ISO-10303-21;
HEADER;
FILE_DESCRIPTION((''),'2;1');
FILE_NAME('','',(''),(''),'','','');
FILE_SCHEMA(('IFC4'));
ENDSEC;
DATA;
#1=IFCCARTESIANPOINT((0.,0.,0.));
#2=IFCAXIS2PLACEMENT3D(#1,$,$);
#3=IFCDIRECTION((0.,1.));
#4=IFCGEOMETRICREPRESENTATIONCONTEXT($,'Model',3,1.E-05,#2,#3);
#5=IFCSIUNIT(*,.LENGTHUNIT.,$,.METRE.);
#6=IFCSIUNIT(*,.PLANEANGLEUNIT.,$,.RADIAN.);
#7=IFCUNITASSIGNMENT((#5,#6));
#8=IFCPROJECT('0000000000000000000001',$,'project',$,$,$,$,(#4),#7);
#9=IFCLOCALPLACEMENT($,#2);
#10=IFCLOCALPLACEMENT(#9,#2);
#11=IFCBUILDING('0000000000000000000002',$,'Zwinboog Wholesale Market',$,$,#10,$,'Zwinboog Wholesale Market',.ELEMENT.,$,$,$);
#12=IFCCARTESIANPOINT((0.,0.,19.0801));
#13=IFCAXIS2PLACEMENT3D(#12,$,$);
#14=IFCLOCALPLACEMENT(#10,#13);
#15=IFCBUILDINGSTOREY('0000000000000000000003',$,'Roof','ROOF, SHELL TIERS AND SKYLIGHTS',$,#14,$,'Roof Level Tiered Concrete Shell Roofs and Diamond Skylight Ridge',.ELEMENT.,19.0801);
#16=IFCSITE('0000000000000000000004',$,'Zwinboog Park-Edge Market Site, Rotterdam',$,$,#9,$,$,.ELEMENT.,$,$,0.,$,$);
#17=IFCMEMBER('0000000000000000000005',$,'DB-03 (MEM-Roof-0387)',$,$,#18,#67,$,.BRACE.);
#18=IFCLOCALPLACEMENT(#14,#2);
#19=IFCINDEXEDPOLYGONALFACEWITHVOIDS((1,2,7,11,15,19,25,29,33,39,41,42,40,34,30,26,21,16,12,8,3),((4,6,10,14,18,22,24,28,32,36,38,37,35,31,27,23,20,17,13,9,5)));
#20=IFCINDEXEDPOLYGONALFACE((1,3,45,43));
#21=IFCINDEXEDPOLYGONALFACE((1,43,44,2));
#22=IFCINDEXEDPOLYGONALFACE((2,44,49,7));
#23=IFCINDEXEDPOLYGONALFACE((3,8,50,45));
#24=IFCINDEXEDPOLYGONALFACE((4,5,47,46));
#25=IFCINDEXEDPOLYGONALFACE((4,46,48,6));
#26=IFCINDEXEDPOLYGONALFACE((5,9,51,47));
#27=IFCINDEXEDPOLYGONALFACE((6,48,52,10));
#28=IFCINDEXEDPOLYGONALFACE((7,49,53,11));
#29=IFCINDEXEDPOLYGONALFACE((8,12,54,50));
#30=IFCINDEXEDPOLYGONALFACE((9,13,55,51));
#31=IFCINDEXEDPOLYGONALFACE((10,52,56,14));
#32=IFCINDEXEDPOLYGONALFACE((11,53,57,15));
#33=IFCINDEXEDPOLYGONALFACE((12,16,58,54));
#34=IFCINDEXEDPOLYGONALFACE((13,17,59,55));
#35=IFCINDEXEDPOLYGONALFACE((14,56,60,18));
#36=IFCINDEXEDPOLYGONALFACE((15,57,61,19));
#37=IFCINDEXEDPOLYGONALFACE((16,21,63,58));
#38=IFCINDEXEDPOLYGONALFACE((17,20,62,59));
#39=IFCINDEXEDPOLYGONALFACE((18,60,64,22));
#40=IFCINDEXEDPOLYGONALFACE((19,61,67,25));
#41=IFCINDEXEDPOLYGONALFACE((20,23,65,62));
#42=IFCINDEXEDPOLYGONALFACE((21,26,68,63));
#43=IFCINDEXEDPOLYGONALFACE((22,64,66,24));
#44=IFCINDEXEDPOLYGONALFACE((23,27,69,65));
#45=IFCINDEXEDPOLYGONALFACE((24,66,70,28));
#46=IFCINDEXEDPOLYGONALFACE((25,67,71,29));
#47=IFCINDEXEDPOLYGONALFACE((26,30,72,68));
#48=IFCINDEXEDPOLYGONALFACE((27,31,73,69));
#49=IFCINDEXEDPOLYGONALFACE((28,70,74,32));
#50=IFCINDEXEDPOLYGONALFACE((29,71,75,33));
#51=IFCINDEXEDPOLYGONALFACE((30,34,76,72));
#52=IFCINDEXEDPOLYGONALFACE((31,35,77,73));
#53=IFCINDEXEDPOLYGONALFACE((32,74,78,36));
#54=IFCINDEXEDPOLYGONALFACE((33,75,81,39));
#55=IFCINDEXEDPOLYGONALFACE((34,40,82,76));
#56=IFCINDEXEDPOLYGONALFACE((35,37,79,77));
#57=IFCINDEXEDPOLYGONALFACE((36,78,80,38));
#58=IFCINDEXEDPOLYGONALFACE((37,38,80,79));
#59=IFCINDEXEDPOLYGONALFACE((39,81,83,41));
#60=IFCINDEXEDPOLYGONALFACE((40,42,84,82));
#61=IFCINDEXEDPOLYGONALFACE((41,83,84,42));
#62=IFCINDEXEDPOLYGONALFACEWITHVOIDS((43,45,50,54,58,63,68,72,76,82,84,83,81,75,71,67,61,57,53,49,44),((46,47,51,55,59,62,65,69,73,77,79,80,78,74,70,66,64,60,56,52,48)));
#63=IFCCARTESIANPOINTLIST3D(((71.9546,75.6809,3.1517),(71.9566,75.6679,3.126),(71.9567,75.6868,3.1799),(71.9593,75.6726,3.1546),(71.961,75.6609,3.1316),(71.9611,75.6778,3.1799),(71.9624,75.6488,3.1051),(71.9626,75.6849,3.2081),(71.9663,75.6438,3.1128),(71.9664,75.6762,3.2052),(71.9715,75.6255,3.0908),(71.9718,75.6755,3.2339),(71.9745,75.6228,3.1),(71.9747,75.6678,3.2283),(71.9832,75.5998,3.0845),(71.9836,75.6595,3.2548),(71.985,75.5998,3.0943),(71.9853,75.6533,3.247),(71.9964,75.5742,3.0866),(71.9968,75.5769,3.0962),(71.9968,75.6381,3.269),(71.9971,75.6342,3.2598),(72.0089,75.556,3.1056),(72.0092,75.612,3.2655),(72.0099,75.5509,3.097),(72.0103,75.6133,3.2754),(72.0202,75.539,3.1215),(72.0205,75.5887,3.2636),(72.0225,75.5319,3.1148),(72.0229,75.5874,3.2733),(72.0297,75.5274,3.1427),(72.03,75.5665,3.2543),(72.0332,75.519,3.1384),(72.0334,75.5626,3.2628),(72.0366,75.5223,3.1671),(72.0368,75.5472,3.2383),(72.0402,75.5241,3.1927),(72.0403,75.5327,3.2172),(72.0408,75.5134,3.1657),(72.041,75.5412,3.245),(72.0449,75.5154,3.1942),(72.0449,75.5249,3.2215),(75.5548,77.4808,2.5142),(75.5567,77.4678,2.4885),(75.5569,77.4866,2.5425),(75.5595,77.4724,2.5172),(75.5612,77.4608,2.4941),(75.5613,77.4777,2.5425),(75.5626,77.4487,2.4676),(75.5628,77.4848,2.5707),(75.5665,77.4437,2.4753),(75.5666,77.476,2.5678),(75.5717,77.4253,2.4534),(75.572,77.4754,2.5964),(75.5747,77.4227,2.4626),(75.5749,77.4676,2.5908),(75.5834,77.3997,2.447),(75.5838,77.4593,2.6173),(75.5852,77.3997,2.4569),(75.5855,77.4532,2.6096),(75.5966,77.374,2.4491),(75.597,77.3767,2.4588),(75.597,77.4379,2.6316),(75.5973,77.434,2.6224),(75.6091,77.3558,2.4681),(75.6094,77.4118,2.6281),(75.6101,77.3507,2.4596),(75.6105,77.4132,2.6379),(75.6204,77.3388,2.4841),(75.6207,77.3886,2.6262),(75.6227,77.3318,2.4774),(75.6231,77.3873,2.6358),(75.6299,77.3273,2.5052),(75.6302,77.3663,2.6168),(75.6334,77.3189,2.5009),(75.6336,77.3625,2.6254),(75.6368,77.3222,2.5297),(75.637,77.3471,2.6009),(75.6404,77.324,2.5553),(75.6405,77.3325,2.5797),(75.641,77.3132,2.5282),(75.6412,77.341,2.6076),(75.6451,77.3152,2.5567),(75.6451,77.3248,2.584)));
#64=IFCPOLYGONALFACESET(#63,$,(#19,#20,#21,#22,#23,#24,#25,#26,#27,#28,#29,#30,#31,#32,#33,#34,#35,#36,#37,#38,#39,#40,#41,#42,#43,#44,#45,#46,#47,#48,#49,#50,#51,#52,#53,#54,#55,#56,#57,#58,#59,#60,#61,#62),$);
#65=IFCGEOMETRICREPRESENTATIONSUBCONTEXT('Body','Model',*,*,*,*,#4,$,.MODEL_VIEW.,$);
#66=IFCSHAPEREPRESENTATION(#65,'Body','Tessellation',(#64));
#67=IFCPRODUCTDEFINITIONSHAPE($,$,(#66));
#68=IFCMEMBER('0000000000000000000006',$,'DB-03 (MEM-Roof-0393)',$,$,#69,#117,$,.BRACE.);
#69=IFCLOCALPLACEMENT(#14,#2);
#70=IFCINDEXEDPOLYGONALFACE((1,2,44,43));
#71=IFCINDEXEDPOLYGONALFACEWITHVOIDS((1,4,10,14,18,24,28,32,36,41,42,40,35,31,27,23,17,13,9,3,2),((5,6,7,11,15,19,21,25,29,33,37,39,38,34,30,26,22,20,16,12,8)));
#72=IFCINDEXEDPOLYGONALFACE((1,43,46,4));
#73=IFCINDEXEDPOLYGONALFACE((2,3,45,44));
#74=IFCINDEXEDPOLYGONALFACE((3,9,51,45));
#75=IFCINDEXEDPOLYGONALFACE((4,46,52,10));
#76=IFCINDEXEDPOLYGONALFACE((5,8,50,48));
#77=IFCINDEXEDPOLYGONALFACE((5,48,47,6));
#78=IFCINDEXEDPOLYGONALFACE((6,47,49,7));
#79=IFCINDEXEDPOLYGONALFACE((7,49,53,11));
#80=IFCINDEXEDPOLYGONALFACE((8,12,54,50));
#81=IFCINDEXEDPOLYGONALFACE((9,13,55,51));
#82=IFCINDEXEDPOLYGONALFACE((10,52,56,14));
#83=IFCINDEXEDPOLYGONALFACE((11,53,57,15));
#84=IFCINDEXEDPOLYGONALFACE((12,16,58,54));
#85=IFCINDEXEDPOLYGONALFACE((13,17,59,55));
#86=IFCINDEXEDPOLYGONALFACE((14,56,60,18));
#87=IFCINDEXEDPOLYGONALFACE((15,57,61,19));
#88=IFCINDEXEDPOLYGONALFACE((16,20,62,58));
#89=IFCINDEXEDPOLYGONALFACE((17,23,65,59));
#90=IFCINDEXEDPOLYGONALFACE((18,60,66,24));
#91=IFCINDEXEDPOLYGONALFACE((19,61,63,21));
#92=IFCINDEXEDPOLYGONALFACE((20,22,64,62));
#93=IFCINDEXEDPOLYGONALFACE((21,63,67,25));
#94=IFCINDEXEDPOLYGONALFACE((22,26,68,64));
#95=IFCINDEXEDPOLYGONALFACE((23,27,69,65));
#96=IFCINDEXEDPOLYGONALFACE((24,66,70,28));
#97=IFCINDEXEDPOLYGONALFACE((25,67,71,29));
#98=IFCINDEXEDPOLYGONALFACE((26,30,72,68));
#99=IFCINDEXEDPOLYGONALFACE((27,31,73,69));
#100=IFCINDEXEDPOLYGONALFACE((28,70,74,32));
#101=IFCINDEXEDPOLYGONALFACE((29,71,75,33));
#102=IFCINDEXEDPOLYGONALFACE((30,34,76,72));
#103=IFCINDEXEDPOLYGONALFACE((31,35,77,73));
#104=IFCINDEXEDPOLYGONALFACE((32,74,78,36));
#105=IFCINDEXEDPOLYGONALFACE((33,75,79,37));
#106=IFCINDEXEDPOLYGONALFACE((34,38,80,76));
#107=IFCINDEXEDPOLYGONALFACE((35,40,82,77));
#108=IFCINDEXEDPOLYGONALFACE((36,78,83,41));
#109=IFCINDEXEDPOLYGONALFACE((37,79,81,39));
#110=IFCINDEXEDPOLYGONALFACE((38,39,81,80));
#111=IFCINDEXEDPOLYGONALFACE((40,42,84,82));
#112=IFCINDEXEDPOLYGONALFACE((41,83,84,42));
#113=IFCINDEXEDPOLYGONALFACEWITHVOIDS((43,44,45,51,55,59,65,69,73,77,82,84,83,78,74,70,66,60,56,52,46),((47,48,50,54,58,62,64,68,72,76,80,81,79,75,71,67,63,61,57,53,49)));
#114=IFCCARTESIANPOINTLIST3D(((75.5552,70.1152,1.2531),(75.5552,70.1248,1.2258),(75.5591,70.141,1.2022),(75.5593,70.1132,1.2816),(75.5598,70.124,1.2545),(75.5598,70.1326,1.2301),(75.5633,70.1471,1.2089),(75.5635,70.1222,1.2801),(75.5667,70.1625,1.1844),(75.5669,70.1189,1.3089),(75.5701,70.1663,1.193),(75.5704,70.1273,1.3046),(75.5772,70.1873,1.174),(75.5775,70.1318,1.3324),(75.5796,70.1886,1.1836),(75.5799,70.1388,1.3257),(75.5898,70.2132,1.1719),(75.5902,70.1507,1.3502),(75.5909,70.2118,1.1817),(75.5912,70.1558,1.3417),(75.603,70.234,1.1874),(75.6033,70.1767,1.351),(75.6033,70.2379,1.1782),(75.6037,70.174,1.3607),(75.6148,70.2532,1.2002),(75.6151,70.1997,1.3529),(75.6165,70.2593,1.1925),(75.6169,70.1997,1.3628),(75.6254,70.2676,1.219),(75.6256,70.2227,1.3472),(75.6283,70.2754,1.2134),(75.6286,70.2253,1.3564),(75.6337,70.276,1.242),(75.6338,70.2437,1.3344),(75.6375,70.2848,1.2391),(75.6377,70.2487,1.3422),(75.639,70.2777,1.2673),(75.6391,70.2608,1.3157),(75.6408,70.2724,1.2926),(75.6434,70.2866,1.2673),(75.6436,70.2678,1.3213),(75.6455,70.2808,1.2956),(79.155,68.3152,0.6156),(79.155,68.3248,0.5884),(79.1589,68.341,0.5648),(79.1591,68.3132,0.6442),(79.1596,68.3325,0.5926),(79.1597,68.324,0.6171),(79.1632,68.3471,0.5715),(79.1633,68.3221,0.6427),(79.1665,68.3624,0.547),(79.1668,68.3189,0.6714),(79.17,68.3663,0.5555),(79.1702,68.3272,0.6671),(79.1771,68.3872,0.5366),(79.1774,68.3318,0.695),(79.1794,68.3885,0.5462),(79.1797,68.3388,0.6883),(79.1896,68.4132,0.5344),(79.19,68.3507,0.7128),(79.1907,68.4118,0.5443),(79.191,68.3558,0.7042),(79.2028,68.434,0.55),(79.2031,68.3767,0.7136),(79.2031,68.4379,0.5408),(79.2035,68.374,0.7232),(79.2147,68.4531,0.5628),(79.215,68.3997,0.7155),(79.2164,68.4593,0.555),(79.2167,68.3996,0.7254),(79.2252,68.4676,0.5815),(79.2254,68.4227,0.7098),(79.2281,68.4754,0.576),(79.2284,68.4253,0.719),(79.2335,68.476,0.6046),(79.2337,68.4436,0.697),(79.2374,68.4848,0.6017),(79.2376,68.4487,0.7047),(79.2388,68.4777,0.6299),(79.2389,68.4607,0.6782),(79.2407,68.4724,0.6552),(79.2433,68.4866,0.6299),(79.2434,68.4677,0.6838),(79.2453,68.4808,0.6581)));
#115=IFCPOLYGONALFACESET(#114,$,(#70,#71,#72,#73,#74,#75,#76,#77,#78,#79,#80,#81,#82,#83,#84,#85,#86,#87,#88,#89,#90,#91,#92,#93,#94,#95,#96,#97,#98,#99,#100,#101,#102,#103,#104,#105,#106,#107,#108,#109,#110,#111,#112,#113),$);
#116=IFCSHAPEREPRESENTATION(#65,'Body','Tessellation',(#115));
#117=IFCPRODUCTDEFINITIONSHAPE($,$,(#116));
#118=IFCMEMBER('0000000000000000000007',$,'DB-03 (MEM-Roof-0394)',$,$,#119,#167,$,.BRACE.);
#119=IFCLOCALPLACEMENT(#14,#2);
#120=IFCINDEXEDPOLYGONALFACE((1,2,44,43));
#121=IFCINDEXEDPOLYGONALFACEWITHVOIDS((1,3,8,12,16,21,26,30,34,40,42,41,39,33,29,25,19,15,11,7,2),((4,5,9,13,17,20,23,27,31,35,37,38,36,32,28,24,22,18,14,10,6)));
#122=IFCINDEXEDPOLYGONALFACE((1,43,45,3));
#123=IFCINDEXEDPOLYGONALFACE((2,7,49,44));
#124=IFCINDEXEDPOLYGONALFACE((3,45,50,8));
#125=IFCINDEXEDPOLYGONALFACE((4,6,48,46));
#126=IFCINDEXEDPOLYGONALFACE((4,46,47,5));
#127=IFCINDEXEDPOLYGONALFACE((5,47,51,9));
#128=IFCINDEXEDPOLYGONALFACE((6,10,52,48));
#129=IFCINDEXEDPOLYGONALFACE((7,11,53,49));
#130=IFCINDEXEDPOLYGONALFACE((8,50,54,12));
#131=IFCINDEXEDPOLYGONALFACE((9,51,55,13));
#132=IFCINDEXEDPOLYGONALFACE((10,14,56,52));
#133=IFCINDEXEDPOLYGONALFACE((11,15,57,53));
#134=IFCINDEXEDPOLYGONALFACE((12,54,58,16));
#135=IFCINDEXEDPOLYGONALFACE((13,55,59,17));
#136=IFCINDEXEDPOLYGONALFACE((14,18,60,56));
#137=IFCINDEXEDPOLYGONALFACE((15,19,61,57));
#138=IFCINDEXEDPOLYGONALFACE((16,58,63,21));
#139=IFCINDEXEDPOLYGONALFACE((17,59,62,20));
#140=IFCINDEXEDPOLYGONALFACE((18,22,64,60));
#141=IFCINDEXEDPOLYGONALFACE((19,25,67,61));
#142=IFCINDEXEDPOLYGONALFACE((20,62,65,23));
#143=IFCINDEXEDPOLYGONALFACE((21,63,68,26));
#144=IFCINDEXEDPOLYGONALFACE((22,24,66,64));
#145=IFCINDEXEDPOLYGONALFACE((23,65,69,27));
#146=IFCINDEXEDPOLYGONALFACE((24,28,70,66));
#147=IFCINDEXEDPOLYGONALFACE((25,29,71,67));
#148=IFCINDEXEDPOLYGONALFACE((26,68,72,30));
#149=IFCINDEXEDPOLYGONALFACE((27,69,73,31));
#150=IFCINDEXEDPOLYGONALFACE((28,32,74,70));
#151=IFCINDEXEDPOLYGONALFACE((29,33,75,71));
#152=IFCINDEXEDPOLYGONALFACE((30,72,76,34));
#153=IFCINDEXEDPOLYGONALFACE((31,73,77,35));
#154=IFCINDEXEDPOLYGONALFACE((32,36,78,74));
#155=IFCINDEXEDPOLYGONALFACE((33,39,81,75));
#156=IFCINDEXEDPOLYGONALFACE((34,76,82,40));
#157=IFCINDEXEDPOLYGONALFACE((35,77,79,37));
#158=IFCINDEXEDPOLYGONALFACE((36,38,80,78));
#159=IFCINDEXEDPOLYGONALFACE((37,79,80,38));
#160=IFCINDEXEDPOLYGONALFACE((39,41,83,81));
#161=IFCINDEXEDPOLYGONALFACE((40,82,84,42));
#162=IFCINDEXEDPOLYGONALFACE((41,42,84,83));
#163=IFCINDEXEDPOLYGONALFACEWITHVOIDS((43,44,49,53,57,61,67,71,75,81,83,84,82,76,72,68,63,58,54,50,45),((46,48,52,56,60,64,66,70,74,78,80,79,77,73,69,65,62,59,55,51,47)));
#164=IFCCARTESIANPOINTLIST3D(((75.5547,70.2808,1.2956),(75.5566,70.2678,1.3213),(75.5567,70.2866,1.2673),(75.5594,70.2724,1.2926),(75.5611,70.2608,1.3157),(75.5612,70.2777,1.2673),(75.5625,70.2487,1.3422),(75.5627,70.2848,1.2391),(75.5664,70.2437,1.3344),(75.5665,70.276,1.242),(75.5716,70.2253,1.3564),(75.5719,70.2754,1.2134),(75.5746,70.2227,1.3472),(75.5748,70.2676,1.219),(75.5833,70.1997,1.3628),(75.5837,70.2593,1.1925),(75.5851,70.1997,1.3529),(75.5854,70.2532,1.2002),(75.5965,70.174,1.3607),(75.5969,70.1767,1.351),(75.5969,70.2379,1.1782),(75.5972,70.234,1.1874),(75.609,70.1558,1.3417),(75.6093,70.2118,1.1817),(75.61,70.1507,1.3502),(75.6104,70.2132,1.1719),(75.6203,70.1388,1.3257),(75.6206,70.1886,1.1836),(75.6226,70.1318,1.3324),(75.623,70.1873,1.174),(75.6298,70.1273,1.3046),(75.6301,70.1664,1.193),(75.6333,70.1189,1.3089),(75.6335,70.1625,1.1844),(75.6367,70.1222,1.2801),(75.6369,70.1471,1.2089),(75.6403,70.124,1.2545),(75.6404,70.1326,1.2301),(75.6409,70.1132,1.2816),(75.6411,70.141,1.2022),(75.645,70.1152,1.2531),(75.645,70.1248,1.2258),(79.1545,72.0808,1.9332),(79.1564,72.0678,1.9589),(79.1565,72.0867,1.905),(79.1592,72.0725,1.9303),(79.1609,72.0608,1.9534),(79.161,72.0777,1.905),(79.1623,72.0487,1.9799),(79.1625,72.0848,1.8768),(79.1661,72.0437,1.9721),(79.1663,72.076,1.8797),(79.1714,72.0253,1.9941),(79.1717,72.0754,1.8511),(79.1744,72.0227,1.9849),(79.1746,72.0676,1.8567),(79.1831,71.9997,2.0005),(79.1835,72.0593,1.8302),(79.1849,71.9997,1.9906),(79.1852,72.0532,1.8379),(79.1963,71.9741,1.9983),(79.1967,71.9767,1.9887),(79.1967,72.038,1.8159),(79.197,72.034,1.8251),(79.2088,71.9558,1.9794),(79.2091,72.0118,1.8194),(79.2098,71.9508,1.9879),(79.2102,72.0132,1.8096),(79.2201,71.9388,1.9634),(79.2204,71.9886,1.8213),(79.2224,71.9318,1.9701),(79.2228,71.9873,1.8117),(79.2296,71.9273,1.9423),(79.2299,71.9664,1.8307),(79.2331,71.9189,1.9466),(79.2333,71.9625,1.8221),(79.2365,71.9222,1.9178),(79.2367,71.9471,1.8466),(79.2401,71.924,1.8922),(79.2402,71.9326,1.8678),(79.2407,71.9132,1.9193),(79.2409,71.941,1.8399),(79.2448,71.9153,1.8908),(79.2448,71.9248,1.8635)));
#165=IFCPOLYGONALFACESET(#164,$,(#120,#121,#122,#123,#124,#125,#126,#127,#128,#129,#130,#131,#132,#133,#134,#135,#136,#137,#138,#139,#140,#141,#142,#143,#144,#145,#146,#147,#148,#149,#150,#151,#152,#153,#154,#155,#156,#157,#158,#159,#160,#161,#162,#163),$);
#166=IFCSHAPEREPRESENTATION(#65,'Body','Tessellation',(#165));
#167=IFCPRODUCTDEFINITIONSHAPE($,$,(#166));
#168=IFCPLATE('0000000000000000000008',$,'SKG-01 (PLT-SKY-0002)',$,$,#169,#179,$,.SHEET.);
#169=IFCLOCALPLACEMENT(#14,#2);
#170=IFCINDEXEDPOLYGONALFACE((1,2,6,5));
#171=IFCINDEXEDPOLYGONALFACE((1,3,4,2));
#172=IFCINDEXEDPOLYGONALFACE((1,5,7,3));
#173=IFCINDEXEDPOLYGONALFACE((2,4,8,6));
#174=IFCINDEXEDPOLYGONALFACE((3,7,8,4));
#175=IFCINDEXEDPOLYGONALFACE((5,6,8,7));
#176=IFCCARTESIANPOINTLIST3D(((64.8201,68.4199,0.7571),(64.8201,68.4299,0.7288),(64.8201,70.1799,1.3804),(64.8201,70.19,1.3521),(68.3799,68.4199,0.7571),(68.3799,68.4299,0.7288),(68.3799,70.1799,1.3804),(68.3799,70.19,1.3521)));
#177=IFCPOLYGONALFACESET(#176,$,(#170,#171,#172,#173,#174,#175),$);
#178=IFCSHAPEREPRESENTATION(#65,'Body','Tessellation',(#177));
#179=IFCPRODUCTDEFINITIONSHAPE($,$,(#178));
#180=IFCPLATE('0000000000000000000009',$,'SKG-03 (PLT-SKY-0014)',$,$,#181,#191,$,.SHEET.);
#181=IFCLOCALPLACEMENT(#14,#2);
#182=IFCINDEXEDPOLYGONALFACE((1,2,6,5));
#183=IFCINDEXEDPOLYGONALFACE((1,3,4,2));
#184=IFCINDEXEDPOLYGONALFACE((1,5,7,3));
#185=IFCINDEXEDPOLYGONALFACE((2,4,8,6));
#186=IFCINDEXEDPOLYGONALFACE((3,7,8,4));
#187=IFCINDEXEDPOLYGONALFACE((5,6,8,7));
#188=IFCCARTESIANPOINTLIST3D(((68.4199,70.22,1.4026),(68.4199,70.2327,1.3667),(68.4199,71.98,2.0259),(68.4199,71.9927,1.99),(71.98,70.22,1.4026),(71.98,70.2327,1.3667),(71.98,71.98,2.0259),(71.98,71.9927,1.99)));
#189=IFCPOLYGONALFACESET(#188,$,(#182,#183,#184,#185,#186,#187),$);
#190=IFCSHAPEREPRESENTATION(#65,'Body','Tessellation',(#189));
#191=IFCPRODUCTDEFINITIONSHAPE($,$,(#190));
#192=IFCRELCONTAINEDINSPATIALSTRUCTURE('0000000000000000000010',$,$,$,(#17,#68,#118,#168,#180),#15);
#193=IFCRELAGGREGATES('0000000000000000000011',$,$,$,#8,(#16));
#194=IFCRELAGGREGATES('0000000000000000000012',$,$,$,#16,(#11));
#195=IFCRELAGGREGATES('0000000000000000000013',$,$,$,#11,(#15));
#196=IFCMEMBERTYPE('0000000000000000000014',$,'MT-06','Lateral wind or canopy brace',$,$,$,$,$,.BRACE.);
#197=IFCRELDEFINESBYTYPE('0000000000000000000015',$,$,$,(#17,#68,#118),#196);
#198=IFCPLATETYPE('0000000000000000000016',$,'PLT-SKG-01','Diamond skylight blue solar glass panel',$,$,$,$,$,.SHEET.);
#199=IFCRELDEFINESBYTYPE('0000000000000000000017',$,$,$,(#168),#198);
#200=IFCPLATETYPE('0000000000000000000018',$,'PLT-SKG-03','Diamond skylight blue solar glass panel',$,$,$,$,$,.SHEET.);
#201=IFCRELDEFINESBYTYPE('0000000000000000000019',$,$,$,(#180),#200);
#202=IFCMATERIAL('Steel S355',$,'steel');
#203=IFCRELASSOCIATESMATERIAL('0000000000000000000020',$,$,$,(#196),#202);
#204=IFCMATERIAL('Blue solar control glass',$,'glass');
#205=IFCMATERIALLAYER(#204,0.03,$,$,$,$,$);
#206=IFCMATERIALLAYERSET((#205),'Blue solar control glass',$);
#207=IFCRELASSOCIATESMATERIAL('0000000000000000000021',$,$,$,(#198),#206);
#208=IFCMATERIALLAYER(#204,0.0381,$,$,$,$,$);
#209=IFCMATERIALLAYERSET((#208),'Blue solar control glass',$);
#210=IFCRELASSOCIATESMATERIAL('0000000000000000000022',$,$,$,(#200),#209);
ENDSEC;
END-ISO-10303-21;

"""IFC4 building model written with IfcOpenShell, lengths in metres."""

from ifc_helpers import new_model, si_unit, direction, frame, origin, origin_2d, place, context, subcontext, project, spatial, polyline, hollow_circle, outline, extrude, material, layer, layer_set, material_profile, profile_set, type_object, element, save


model = new_model("IFC4")

# Units and contexts
model_context = context("Model", 3, precision=1e-05, world=origin(), true_north=direction((0.0, 1.0)))
body_context = subcontext(model_context, "Body", "Model", "MODEL_VIEW")
ifc_project = project(units=[si_unit("LENGTHUNIT", "METRE"), si_unit("PLANEANGLEUNIT", "RADIAN")], contexts=[model_context])

# Site, building, storey
site_placement = place(None, origin())
site = spatial("IfcSite", under=ifc_project, at=site_placement, Name="Zwinboog Park-Edge Market Site, Rotterdam", CompositionType="ELEMENT", RefElevation=0.0)
building_placement = place(site_placement, origin())
building = spatial("IfcBuilding", under=site, at=building_placement, Name="Zwinboog Wholesale Market", LongName="Zwinboog Wholesale Market", CompositionType="ELEMENT")
storey_placement = place(building_placement, frame((0.0, 0.0, 19.0801)))
storey = spatial("IfcBuildingStorey", under=building, at=storey_placement, Name="Roof", Description="ROOF, SHELL TIERS AND SKYLIGHTS", LongName="Roof Level Tiered Concrete Shell Roofs and Diamond Skylight Ridge", CompositionType="ELEMENT", Elevation=19.0801)

# Members
ifc_material_1 = material(Name="Steel S355", Category="steel")
ifc_material_profile_1 = material_profile(ifc_material_1, hollow_circle(Radius=0.0969, WallThickness=0.01, at=origin_2d()), Name="CHS 193.7x10")
ifc_profile_set_1 = profile_set([ifc_material_profile_1], Name="Steel S355")
member_type_1 = type_object("IfcMemberType", Name="MT-06", Description="Lateral wind or canopy brace", PredefinedType="BRACE", material=ifc_profile_set_1)
for number, where, z_axis, x_axis, name in (
    (1, (72.0, 75.6001, 3.1799), (0.88344, 0.44166, -0.156426), (-0.447165, 0.894451, 0.0), "DB-03 (MEM-Roof-0387)"),
):
    element("IfcMember", number, at=place(storey_placement, frame(where, z_axis=z_axis, x_axis=x_axis)), inside=storey, type_object=member_type_1, Name=name, PredefinedType="BRACE", context=body_context, shape_type="SweptSolid", body=[
        extrude(hollow_circle(Radius=0.0969, WallThickness=0.01, at=origin_2d()), origin(), (0.0, 0.0, 1.0), 4.0752),
    ])
for number, where, z_axis, x_axis, name in (
    (2, (75.6001, 70.2, 1.2673), (0.883404, -0.441732, -0.15643), (0.447238, 0.894415, 0.0), "DB-03 (MEM-Roof-0393)"),
    (3, (75.6001, 70.2, 1.2673), (0.883396, 0.441728, 0.156489), (-0.447238, 0.894415, 0.0), "DB-03 (MEM-Roof-0394)"),
):
    element("IfcMember", number, at=place(storey_placement, frame(where, z_axis=z_axis, x_axis=x_axis)), inside=storey, type_object=member_type_1, Name=name, PredefinedType="BRACE", context=body_context, shape_type="SweptSolid", body=[
        extrude(hollow_circle(Radius=0.0969, WallThickness=0.01, at=origin_2d()), origin(), (0.0, 0.0, 1.0), 4.075),
    ])

# Plates
ifc_material_2 = material(Name="Blue solar control glass", Category="glass")
ifc_layer_1 = layer(ifc_material_2, 0.03)
ifc_layer_set_1 = layer_set([ifc_layer_1], Name="Blue solar control glass")
plate_type_1 = type_object("IfcPlateType", Name="PLT-SKG-01", Description="Diamond skylight blue solar glass panel", PredefinedType="SHEET", material=ifc_layer_set_1)
plate_1_placement = place(storey_placement, frame((64.8201, 68.4199, 0.7571), z_axis=(0.0, -0.333825, 0.942635), x_axis=(1.0, 0.0, 0.0)))
element("IfcPlate", 4, at=plate_1_placement, inside=storey, type_object=plate_type_1, Name="SKG-01 (PLT-SKY-0002)", PredefinedType="SHEET", context=body_context, shape_type="SweptSolid", body=[
    extrude(outline(polyline([(0.0, 0.0), (3.5598, 0.0), (3.5598, 1.8671), (0.0, 1.8671), (0.0, 0.0)])), origin(), (0.0, 0.0, -1.0), 0.03),
])
ifc_layer_2 = layer(ifc_material_2, 0.0381)
ifc_layer_set_2 = layer_set([ifc_layer_2], Name="Blue solar control glass")
plate_type_2 = type_object("IfcPlateType", Name="PLT-SKG-03", Description="Diamond skylight blue solar glass panel", PredefinedType="SHEET", material=ifc_layer_set_2)
plate_2_placement = place(storey_placement, frame((68.4199, 70.22, 1.4026), z_axis=(0.0, -0.333825, 0.942635), x_axis=(1.0, 0.0, 0.0)))
element("IfcPlate", 5, at=plate_2_placement, inside=storey, type_object=plate_type_2, Name="SKG-03 (PLT-SKY-0014)", PredefinedType="SHEET", context=body_context, shape_type="SweptSolid", body=[
    extrude(outline(polyline([(0.0, 0.0), (3.5601, 0.0), (3.5601, 1.8671), (0.0, 1.8671), (0.0, 0.0)])), origin(), (0.0, 0.0, -1.0), 0.0381),
])

save(model, "model.ifc")
